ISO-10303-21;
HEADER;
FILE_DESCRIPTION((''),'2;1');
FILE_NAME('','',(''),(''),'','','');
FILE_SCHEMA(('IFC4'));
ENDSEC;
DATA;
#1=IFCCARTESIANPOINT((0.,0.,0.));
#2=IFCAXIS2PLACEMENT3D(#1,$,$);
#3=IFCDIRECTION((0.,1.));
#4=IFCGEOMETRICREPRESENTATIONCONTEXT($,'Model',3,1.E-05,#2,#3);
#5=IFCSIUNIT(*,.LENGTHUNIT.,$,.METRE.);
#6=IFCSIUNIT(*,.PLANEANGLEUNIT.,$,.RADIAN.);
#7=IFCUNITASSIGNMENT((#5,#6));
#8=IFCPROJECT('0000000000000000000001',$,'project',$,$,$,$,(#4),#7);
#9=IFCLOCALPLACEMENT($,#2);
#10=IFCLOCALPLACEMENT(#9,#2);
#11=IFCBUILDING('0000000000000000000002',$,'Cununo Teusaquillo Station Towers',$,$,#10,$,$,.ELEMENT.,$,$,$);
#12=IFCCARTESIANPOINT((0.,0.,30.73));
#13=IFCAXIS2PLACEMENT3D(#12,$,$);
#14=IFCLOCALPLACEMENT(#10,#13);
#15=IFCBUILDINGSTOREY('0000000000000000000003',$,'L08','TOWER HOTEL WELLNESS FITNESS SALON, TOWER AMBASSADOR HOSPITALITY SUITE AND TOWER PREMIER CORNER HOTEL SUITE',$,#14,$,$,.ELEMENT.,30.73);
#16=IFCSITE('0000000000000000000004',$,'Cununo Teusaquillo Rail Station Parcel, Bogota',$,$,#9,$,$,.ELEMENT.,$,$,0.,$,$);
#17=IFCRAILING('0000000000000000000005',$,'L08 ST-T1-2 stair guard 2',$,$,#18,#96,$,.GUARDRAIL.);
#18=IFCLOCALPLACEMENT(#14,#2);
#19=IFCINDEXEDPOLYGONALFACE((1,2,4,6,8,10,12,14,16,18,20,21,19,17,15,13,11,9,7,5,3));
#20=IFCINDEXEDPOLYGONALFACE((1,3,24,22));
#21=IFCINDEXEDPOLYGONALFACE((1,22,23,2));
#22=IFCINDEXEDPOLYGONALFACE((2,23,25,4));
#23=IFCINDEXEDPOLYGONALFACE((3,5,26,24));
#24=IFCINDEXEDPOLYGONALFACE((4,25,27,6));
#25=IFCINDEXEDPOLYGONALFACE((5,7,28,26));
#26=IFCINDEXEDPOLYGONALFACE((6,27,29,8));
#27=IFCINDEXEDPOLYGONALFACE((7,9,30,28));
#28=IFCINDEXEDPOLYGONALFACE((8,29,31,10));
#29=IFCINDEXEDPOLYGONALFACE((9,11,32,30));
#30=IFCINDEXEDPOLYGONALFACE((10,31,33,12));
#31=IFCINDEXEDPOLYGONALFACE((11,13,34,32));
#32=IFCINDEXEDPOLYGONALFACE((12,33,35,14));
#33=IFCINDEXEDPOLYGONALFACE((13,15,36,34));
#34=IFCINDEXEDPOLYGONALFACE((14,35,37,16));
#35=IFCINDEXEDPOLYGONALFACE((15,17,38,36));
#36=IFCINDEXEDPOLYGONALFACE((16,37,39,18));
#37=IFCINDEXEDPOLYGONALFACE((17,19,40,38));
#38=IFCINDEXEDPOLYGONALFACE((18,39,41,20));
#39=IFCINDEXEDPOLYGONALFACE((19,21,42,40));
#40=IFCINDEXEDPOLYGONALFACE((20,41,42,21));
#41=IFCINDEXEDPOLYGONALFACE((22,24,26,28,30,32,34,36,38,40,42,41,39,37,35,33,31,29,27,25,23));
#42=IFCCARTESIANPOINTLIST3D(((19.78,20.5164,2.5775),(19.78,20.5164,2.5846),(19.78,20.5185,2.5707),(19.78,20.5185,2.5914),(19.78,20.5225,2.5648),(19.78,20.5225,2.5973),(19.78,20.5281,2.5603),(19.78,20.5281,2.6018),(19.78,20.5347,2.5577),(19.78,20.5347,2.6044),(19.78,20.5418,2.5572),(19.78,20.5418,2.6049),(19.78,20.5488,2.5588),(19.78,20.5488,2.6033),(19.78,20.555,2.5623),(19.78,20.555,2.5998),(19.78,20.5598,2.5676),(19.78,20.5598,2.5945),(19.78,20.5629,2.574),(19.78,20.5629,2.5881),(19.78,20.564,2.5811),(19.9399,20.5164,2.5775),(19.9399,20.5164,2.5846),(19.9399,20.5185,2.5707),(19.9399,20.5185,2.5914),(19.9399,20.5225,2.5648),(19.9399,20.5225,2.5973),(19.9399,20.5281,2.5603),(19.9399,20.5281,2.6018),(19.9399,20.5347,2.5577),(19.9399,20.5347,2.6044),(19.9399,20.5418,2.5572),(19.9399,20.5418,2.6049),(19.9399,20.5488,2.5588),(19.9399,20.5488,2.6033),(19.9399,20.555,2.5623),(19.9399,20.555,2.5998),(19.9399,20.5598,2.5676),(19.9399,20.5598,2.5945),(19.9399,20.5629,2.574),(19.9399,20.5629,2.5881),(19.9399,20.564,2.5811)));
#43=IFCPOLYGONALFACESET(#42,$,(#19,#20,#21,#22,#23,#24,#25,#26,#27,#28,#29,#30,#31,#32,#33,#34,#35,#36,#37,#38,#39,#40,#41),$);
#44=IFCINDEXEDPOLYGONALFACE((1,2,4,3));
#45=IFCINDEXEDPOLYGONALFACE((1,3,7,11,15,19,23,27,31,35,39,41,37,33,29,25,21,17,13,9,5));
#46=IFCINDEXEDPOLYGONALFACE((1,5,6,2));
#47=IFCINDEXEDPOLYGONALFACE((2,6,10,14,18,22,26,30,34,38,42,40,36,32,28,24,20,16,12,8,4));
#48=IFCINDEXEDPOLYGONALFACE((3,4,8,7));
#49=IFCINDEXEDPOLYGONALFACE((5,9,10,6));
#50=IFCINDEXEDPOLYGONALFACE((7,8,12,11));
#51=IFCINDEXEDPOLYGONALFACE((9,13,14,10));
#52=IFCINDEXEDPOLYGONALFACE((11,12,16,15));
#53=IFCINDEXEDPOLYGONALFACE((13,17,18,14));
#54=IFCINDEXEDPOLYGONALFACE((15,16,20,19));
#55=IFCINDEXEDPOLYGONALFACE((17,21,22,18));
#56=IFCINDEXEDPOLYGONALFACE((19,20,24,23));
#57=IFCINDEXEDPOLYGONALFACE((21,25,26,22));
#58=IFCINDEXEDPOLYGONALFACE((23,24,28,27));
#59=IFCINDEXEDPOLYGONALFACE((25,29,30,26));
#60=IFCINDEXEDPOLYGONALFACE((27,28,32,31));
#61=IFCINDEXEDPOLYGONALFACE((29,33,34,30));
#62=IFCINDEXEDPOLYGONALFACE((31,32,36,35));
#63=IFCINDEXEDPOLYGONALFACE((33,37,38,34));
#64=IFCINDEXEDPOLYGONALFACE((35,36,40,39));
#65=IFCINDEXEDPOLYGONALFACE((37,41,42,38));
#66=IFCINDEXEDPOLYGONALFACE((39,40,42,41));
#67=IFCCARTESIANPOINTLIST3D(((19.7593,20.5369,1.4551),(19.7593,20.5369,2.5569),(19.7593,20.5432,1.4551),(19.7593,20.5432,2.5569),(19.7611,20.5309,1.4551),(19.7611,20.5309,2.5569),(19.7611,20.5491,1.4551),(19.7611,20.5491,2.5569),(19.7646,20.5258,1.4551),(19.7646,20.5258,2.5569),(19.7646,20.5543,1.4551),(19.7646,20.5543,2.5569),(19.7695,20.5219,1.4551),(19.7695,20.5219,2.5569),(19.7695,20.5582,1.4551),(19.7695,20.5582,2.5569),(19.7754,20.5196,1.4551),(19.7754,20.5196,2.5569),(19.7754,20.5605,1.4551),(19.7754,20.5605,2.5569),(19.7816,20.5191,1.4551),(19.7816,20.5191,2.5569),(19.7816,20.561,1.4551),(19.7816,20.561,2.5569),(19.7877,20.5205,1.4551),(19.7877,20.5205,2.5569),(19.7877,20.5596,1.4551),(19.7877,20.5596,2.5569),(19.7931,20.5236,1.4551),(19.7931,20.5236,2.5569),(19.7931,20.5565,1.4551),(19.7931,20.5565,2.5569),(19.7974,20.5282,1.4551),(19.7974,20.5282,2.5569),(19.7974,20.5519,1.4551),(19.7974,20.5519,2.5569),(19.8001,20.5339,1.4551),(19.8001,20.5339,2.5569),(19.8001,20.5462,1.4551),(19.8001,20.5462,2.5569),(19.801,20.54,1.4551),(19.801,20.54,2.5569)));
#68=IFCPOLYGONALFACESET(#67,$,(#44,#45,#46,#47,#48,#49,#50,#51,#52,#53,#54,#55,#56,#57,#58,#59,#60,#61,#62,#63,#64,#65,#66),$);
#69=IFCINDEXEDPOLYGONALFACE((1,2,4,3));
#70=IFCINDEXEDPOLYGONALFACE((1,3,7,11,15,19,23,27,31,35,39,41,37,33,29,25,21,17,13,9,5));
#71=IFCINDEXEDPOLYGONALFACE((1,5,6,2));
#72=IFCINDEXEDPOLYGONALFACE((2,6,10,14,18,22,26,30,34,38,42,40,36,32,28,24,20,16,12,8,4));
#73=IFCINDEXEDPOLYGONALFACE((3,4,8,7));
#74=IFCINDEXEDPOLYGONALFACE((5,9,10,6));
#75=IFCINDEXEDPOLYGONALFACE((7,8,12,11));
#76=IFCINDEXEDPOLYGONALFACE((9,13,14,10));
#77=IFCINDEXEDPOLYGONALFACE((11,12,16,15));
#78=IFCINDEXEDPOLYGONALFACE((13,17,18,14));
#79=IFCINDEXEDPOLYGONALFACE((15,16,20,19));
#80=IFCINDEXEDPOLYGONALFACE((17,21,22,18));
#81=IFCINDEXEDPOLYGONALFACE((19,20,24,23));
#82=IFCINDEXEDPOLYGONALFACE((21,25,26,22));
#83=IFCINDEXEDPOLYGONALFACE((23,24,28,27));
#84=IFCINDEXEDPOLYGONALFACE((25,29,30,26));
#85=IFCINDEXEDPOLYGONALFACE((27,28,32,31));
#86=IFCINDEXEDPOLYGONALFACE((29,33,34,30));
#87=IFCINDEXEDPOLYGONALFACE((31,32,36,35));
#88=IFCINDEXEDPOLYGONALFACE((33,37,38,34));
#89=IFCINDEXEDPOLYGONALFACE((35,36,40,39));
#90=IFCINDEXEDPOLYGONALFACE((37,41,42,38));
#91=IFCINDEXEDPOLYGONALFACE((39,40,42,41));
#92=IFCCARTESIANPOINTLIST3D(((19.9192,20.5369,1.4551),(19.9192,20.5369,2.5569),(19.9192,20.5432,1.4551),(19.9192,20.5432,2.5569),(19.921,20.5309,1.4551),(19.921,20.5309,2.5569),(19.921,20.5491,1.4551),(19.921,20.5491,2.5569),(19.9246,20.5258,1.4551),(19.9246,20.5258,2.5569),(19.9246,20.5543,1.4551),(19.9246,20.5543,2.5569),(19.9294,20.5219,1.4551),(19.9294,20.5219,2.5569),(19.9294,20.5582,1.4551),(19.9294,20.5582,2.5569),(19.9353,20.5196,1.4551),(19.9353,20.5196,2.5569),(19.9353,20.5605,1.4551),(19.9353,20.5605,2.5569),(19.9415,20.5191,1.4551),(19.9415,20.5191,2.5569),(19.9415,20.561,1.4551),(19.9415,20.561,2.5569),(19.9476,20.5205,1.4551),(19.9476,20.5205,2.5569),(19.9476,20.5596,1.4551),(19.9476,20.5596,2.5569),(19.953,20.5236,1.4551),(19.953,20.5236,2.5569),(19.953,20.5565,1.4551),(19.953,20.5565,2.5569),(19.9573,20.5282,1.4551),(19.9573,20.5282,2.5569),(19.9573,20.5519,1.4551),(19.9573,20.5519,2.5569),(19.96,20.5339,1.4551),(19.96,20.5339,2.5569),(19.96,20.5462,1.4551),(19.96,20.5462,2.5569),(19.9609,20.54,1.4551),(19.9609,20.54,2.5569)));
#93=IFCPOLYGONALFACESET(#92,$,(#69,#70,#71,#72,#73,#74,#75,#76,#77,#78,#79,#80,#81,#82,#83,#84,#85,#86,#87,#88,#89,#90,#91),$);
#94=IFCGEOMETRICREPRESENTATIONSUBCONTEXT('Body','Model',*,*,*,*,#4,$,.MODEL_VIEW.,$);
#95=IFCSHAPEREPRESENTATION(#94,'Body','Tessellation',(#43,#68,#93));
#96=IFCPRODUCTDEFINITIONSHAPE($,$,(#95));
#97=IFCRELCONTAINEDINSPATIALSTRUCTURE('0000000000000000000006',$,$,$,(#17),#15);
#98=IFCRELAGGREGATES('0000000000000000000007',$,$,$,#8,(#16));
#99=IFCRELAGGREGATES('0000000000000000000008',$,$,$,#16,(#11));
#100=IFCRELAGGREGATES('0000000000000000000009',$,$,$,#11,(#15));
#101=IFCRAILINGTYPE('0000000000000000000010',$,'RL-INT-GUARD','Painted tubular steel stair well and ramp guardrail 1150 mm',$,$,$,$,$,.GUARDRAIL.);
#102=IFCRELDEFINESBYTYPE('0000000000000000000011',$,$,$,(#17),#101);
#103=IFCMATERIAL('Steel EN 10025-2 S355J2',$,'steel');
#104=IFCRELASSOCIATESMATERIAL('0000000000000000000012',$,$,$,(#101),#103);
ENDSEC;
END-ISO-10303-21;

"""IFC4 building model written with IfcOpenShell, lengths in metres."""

from ifc_helpers import new_model, si_unit, direction, frame, origin, origin_2d, place, context, subcontext, project, spatial, circle, extrude, material, type_object, element, save


model = new_model("IFC4")

# Units and contexts
model_context = context("Model", 3, precision=1e-05, world=origin(), true_north=direction((0.0, 1.0)))
body_context = subcontext(model_context, "Body", "Model", "MODEL_VIEW")
ifc_project = project(units=[si_unit("LENGTHUNIT", "METRE"), si_unit("PLANEANGLEUNIT", "RADIAN")], contexts=[model_context])

# Site, building, storey
site_placement = place(None, origin())
site = spatial("IfcSite", under=ifc_project, at=site_placement, Name="Cununo Teusaquillo Rail Station Parcel, Bogota", CompositionType="ELEMENT", RefElevation=0.0)
building_placement = place(site_placement, origin())
building = spatial("IfcBuilding", under=site, at=building_placement, Name="Cununo Teusaquillo Station Towers", CompositionType="ELEMENT")
storey_placement = place(building_placement, frame((0.0, 0.0, 30.73)))
storey = spatial("IfcBuildingStorey", under=building, at=storey_placement, Name="L08", Description="TOWER HOTEL WELLNESS FITNESS SALON, TOWER AMBASSADOR HOSPITALITY SUITE AND TOWER PREMIER CORNER HOTEL SUITE", CompositionType="ELEMENT", Elevation=30.73)

# Railing
ifc_material_1 = material(Name="Steel EN 10025-2 S355J2", Category="steel")
railing_type_1 = type_object("IfcRailingType", Name="RL-INT-GUARD", Description="Painted tubular steel stair well and ramp guardrail 1150 mm", PredefinedType="GUARDRAIL", material=ifc_material_1)
railing_1_placement = place(storey_placement, frame((19.78, 20.54, 1.4551)))
element("IfcRailing", 1, at=railing_1_placement, inside=storey, type_object=railing_type_1, Name="L08 ST-T1-2 stair guard 2", PredefinedType="GUARDRAIL", context=body_context, shape_type="SweptSolid", body=[
    extrude(circle(Radius=0.0239, at=origin_2d()), frame((0.0, 0.0, 1.126), z_axis=(1.0, 0.0, 0.0), x_axis=(0.0, 1.0, 0.0)), (0.0, 0.0, 1.0), 0.1599),
    extrude(circle(Radius=0.021, at=origin_2d()), origin(), (0.0, 0.0, 1.0), 1.1018),
    extrude(circle(Radius=0.021, at=origin_2d()), frame((0.1599, 0.0, 0.0)), (0.0, 0.0, 1.0), 1.1018),
])

save(model, "model.ifc")
